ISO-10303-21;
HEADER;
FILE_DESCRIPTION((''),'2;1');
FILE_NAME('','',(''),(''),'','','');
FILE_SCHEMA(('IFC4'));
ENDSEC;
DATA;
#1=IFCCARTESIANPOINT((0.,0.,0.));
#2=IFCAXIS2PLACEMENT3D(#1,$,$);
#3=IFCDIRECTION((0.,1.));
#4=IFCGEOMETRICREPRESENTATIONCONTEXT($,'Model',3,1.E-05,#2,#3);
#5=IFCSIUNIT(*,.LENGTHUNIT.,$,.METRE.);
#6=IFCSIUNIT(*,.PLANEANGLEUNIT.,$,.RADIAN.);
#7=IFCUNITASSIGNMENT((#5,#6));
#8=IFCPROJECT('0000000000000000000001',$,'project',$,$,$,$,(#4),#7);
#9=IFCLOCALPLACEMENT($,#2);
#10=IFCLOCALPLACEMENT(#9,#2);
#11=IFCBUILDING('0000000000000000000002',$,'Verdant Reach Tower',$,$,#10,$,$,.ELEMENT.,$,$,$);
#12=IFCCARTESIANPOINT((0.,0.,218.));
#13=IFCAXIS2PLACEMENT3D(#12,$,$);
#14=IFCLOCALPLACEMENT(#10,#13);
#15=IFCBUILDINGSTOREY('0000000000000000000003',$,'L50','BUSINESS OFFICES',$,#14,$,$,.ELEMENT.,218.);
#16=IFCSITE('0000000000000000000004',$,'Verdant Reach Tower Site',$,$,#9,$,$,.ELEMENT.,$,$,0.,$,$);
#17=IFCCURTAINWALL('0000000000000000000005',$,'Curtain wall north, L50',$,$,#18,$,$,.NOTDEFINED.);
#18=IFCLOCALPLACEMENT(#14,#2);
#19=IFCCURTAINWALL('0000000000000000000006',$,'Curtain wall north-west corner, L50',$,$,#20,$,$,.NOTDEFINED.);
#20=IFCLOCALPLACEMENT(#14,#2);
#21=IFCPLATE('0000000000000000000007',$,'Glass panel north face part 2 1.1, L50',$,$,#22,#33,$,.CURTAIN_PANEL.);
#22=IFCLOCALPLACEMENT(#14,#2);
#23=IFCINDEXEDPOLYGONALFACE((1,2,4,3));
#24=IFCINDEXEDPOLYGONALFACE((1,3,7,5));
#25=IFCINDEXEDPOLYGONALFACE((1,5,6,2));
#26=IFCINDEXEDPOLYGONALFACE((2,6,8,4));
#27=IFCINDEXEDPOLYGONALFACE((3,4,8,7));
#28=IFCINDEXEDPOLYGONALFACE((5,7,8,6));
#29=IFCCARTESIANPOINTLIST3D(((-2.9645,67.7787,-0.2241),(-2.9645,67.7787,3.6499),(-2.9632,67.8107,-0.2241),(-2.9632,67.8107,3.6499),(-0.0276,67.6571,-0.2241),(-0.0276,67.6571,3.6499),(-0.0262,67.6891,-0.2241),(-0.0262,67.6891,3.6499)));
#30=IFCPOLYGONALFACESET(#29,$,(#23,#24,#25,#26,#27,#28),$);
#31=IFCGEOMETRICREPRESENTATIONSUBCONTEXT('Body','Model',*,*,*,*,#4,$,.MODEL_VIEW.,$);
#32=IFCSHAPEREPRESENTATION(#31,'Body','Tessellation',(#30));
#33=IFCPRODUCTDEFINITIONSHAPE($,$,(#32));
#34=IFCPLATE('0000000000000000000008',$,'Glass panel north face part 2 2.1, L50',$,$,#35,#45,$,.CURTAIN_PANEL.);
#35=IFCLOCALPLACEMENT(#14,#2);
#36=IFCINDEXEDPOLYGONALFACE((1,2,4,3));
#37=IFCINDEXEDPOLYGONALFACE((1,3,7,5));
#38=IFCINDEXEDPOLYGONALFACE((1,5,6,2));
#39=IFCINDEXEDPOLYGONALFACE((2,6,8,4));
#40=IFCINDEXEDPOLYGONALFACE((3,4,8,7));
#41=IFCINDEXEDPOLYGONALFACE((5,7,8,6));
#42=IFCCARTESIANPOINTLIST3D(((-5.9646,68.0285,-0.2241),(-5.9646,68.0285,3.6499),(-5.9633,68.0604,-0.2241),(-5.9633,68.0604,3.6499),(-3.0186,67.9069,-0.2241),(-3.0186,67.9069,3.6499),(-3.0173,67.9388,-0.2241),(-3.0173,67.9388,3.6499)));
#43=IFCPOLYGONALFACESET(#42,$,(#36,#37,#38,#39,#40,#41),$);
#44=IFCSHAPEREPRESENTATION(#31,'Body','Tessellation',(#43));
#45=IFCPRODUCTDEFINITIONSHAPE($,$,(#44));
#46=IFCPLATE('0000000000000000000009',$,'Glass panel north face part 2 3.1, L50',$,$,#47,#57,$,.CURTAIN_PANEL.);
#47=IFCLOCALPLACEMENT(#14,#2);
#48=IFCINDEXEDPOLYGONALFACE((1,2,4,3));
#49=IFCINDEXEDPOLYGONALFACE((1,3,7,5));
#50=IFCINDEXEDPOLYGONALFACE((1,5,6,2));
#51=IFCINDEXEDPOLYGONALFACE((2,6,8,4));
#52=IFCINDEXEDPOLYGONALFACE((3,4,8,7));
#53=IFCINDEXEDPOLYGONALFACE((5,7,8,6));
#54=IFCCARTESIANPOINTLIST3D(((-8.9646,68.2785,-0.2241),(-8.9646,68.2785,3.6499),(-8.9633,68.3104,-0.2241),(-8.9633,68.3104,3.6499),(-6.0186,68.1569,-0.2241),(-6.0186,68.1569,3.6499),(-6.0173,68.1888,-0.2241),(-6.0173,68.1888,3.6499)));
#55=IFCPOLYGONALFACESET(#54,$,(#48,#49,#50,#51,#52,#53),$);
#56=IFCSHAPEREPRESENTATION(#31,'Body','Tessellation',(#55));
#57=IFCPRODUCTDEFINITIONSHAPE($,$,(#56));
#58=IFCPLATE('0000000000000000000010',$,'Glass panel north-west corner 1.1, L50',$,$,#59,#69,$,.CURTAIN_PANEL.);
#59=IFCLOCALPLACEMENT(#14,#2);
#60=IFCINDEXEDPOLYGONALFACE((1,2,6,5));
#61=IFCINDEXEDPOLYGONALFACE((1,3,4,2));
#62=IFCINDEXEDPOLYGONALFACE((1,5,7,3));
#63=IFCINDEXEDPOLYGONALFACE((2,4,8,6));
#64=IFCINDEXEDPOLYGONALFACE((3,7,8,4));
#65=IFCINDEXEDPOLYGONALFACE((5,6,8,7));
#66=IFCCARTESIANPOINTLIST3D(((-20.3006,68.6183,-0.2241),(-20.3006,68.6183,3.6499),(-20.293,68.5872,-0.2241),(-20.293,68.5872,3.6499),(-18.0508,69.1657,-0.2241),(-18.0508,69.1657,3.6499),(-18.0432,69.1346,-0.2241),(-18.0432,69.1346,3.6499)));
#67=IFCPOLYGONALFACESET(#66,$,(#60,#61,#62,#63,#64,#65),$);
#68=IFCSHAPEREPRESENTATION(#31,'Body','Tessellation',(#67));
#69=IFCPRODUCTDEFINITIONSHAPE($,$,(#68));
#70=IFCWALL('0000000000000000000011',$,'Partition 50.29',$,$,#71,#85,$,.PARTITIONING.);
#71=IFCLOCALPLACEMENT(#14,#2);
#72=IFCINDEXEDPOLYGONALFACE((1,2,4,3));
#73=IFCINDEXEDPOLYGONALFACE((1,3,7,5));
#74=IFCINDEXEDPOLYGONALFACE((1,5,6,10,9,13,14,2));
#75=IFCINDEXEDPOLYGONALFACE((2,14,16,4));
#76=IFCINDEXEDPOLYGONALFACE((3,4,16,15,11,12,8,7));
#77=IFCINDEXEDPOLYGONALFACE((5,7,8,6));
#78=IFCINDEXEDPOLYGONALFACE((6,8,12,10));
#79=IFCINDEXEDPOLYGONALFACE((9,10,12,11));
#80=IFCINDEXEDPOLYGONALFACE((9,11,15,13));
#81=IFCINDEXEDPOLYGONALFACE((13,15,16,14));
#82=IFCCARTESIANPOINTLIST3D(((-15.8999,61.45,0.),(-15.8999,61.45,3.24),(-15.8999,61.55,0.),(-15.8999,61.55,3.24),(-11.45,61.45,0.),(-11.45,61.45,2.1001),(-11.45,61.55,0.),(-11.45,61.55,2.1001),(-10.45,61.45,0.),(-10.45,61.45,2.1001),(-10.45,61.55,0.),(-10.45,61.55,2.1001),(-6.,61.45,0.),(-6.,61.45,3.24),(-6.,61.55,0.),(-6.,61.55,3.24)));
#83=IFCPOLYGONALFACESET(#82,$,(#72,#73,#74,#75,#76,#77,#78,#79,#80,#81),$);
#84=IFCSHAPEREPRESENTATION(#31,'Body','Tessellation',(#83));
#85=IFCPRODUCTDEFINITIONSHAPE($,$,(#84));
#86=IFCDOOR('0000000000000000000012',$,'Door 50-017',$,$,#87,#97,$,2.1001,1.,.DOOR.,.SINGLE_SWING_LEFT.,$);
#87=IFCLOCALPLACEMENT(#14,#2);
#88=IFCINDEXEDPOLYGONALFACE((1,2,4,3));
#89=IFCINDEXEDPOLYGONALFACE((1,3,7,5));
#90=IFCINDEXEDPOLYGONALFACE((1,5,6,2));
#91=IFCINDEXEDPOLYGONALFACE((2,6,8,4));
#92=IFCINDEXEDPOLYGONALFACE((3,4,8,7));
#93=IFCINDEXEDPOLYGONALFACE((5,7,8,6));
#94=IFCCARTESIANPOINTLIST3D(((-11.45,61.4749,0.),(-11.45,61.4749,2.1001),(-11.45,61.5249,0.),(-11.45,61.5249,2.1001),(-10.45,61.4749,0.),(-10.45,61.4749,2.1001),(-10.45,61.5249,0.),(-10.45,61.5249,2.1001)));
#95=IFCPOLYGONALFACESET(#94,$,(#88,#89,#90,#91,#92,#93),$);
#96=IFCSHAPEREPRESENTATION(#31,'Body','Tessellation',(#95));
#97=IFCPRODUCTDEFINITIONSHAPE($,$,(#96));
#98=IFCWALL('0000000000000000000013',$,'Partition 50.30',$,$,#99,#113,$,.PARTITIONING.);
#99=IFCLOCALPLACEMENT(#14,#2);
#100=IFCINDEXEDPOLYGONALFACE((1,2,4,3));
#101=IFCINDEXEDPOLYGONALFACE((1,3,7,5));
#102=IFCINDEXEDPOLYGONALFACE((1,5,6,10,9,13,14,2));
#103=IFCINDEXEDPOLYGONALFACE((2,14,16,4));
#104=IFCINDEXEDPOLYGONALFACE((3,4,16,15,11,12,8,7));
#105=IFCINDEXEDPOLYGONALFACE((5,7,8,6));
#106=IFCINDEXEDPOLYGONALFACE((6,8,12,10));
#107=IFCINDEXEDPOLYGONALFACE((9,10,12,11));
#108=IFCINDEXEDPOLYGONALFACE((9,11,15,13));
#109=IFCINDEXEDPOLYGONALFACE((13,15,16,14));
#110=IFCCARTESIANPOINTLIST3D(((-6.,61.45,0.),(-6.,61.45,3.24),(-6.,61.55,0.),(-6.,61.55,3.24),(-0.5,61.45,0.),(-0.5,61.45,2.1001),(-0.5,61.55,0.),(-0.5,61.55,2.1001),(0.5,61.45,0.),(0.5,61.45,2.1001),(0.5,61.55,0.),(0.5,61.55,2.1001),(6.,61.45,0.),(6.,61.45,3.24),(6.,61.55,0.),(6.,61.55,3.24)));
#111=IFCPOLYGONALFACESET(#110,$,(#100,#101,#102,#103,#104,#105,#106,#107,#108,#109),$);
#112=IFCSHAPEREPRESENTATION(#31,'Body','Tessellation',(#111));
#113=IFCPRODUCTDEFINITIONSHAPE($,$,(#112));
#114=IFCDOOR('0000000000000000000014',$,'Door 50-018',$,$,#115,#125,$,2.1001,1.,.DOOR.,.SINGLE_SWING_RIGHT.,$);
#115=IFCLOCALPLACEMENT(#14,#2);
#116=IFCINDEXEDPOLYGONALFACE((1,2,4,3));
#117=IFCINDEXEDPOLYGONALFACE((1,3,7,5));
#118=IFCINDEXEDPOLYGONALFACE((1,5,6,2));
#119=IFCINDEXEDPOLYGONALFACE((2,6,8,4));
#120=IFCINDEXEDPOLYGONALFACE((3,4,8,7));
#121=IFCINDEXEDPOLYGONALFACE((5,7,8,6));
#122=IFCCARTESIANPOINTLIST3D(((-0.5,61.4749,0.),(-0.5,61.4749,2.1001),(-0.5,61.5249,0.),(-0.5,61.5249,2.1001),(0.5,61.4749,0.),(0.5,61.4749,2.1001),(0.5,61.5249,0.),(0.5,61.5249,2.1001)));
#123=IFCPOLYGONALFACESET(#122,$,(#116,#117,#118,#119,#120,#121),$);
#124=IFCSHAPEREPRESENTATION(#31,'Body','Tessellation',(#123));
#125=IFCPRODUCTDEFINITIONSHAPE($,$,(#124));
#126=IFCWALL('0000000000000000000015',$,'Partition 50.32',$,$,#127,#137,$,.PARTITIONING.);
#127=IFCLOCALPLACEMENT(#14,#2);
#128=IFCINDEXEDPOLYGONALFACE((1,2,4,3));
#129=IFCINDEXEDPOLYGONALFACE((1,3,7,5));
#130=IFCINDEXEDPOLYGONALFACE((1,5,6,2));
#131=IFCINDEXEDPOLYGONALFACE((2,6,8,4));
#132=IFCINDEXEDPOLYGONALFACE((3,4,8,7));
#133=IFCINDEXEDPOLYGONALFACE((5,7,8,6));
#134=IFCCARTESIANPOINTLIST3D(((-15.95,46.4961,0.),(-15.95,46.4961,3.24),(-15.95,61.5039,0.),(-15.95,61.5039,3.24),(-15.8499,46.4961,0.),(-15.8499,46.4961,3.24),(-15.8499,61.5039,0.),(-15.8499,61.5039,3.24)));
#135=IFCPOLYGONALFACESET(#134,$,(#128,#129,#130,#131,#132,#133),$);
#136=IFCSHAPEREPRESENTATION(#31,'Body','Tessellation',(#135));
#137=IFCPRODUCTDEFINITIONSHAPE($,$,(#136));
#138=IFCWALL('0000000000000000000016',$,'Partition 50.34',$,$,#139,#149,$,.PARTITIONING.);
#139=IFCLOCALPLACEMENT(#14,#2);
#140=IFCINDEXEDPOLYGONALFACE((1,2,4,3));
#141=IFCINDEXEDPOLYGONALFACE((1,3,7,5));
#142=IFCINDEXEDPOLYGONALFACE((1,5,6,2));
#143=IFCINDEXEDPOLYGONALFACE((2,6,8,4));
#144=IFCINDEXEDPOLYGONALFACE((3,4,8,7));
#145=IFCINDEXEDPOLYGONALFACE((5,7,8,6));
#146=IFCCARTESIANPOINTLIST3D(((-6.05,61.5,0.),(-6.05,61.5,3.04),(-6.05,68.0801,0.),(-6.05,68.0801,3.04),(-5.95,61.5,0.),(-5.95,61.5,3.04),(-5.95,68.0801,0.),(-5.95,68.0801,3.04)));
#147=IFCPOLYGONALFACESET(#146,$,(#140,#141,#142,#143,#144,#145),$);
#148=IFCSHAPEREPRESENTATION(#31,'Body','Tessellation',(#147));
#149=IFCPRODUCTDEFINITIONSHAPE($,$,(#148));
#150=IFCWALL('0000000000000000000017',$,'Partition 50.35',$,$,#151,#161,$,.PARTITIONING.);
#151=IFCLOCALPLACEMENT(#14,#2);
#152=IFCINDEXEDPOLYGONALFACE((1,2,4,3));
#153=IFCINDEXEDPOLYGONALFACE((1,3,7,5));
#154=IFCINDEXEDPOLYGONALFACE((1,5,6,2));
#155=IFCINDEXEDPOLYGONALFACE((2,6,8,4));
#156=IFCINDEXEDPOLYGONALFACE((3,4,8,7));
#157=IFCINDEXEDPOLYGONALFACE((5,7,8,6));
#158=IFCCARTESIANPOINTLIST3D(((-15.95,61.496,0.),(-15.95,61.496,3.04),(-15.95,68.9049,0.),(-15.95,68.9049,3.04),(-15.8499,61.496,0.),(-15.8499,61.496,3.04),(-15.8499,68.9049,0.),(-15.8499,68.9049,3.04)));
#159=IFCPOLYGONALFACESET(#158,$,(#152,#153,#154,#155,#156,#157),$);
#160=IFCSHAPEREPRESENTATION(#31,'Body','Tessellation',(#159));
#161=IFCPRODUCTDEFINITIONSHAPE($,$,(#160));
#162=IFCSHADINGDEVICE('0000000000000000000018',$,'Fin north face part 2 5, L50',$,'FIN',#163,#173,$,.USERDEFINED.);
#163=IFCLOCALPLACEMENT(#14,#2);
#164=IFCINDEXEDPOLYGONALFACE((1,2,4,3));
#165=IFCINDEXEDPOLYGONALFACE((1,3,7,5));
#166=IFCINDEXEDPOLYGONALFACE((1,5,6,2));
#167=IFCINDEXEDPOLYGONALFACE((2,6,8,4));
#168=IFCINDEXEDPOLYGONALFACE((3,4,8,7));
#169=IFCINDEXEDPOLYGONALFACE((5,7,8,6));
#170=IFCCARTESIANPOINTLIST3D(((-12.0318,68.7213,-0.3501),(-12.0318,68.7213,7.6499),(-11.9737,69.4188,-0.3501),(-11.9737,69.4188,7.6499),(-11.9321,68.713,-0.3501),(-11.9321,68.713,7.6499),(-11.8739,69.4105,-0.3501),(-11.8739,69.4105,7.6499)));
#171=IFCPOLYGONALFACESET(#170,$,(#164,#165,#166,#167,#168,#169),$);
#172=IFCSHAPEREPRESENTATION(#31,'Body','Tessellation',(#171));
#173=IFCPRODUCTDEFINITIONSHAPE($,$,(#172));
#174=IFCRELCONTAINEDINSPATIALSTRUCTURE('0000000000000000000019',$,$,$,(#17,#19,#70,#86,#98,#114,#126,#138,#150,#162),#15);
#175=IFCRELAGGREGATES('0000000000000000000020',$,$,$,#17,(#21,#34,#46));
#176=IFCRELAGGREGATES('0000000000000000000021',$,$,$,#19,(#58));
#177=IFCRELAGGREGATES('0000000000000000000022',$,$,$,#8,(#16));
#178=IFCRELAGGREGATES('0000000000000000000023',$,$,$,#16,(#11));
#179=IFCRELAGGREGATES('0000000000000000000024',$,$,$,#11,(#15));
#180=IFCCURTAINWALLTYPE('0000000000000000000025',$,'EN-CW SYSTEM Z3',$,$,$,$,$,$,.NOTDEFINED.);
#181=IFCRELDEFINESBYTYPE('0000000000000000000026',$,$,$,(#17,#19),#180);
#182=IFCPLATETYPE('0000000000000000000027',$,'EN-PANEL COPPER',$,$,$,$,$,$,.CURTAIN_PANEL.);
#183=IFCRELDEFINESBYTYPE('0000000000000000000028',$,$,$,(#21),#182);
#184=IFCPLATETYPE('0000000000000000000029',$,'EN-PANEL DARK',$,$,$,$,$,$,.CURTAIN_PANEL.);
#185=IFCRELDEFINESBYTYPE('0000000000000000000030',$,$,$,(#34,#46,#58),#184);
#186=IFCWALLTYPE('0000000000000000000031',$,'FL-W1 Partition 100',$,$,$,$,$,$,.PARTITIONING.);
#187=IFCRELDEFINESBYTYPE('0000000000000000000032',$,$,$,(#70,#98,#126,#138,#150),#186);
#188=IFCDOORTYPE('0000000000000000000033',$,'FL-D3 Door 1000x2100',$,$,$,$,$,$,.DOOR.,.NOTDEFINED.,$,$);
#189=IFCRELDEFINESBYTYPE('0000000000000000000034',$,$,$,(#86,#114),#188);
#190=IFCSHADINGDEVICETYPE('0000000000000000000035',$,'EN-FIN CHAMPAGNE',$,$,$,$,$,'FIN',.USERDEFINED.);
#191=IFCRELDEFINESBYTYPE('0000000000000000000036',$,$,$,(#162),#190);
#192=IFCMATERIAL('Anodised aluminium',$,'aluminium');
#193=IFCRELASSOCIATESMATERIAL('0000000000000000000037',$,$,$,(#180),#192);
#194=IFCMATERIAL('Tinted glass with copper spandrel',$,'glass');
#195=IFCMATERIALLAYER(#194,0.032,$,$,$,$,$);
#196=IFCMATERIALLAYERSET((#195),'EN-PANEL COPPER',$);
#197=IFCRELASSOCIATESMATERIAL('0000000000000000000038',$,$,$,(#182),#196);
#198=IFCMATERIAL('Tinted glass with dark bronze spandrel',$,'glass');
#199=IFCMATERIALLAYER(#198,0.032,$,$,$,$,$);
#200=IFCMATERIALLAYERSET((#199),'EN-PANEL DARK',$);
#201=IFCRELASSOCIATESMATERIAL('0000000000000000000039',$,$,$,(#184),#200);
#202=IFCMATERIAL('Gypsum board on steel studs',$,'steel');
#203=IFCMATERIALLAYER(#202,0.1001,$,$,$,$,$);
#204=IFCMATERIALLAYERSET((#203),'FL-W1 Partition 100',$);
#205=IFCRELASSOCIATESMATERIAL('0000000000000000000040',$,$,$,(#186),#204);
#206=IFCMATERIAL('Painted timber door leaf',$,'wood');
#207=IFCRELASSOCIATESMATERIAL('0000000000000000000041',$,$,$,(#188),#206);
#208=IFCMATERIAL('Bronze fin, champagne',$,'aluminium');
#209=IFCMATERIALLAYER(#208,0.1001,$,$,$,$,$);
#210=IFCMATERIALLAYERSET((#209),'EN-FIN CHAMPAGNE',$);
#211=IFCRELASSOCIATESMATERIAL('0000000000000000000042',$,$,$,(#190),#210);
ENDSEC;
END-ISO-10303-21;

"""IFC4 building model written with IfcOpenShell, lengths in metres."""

from ifc_helpers import new_model, si_unit, direction, frame, frame_2d, origin, origin_2d, place, context, subcontext, project, spatial, rectangle, extrude, material, layer, layer_set, type_object, element, fill, aggregate, save


model = new_model("IFC4")

# Units and contexts
model_context = context("Model", 3, precision=1e-05, world=origin(), true_north=direction((0.0, 1.0)))
body_context = subcontext(model_context, "Body", "Model", "MODEL_VIEW")
ifc_project = project(units=[si_unit("LENGTHUNIT", "METRE"), si_unit("PLANEANGLEUNIT", "RADIAN")], contexts=[model_context])

# Site, building, storey
site_placement = place(None, origin())
site = spatial("IfcSite", under=ifc_project, at=site_placement, Name="Verdant Reach Tower Site", CompositionType="ELEMENT", RefElevation=0.0)
building_placement = place(site_placement, origin())
building = spatial("IfcBuilding", under=site, at=building_placement, Name="Verdant Reach Tower", CompositionType="ELEMENT")
storey_placement = place(building_placement, frame((0.0, 0.0, 218.0)))
storey = spatial("IfcBuildingStorey", under=building, at=storey_placement, Name="L50", Description="BUSINESS OFFICES", CompositionType="ELEMENT", Elevation=218.0)

# Curtain wall
ifc_material_1 = material(Name="Anodised aluminium", Category="aluminium")
curtain_wall_type = type_object("IfcCurtainWallType", Name="EN-CW SYSTEM Z3", PredefinedType="NOTDEFINED", material=ifc_material_1)
curtain_wall_1_placement = place(storey_placement, origin())
curtain_wall_1 = element("IfcCurtainWall", 1, at=curtain_wall_1_placement, inside=storey, type_object=curtain_wall_type, Name="Curtain wall north, L50", PredefinedType="NOTDEFINED")

# Curtain wall
curtain_wall_2_placement = place(storey_placement, origin())
curtain_wall_2 = element("IfcCurtainWall", 2, at=curtain_wall_2_placement, inside=storey, type_object=curtain_wall_type, Name="Curtain wall north-west corner, L50", PredefinedType="NOTDEFINED")

# Plates
ifc_material_2 = material(Name="Tinted glass with copper spandrel", Category="glass")
ifc_layer_1 = layer(ifc_material_2, 0.032)
ifc_layer_set_1 = layer_set([ifc_layer_1], Name="EN-PANEL COPPER")
plate_type_1 = type_object("IfcPlateType", Name="EN-PANEL COPPER", PredefinedType="CURTAIN_PANEL", material=ifc_layer_set_1)
plate_1_placement = place(storey_placement, frame((-1.4954, 67.7339, -0.2241), z_axis=(0.0, 0.0, 1.0), x_axis=(-0.999144, 0.041367, 0.0)))
plate_1 = element("IfcPlate", 3, at=plate_1_placement, type_object=plate_type_1, Name="Glass panel north face part 2 1.1, L50", PredefinedType="CURTAIN_PANEL", context=body_context, shape_type="SweptSolid", body=[
    extrude(rectangle(XDim=2.9395, YDim=0.032, at=origin_2d()), origin(), (0.0, 0.0, 1.0), 3.874),
])
ifc_material_3 = material(Name="Tinted glass with dark bronze spandrel", Category="glass")
ifc_layer_2 = layer(ifc_material_3, 0.032)
ifc_layer_set_2 = layer_set([ifc_layer_2], Name="EN-PANEL DARK")
plate_type_2 = type_object("IfcPlateType", Name="EN-PANEL DARK", PredefinedType="CURTAIN_PANEL", material=ifc_layer_set_2)
plate_2_placement = place(storey_placement, frame((-4.491, 67.9836, -0.2241), z_axis=(0.0, 0.0, 1.0), x_axis=(-0.999149, 0.041242, 0.0)))
plate_2 = element("IfcPlate", 4, at=plate_2_placement, type_object=plate_type_2, Name="Glass panel north face part 2 2.1, L50", PredefinedType="CURTAIN_PANEL", context=body_context, shape_type="SweptSolid", body=[
    extrude(rectangle(XDim=2.9485, YDim=0.032, at=origin_2d()), origin(), (0.0, 0.0, 1.0), 3.874),
])
plate_3_placement = place(storey_placement, frame((-7.491, 68.2336, -0.2241), z_axis=(0.0, 0.0, 1.0), x_axis=(-0.999149, 0.041242, 0.0)))
plate_3 = element("IfcPlate", 5, at=plate_3_placement, type_object=plate_type_2, Name="Glass panel north face part 2 3.1, L50", PredefinedType="CURTAIN_PANEL", context=body_context, shape_type="SweptSolid", body=[
    extrude(rectangle(XDim=2.9485, YDim=0.032, at=origin_2d()), origin(), (0.0, 0.0, 1.0), 3.874),
])
aggregate(curtain_wall_1, [plate_1, plate_2, plate_3])
plate_4_placement = place(storey_placement, frame((-19.1719, 68.8765, -0.2241), z_axis=(0.0, 0.0, 1.0), x_axis=(-0.971655, -0.236403, 0.0)))
plate_4 = element("IfcPlate", 6, at=plate_4_placement, type_object=plate_type_2, Name="Glass panel north-west corner 1.1, L50", PredefinedType="CURTAIN_PANEL", context=body_context, shape_type="SweptSolid", body=[
    extrude(rectangle(XDim=2.3154, YDim=0.032, at=origin_2d()), origin(), (0.0, 0.0, 1.0), 3.874),
])
aggregate(curtain_wall_2, [plate_4])

# Walls, openings, doors
ifc_material_4 = material(Name="Gypsum board on steel studs", Category="steel")
ifc_layer_3 = layer(ifc_material_4, 0.1001)
ifc_layer_set_3 = layer_set([ifc_layer_3], Name="FL-W1 Partition 100")
wall_type = type_object("IfcWallType", Name="FL-W1 Partition 100", PredefinedType="PARTITIONING", material=ifc_layer_set_3)
wall_1_placement = place(storey_placement, frame((-15.8999, 61.5, 0.0), z_axis=(0.0, 0.0, 1.0), x_axis=(1.0, 0.0, 0.0)))
wall_1 = element("IfcWall", 7, at=wall_1_placement, inside=storey, type_object=wall_type, Name="Partition 50.29", PredefinedType="PARTITIONING", context=body_context, shape_type="SweptSolid", body=[
    extrude(rectangle(XDim=9.8999, YDim=0.1001, at=frame_2d((4.95, 0.0))), origin(), (0.0, 0.0, 1.0), 3.24),
])
opening_1_placement = place(wall_1_placement, frame((4.45, 0.0, 0.0)))
opening_1 = element("IfcOpeningElement", 8, at=opening_1_placement, cuts=wall_1, PredefinedType="OPENING", context=body_context, shape_type="SweptSolid", body=[
    extrude(rectangle(XDim=1.0, YDim=2.1001, at=frame_2d((0.5, 1.05))), frame((0.0, 0.0601, 0.0), z_axis=(0.0, -1.0, 0.0), x_axis=(1.0, 0.0, 0.0)), (0.0, 0.0, 1.0), 0.1201),
])
ifc_material_5 = material(Name="Painted timber door leaf", Category="wood")
door_type = type_object("IfcDoorType", Name="FL-D3 Door 1000x2100", OperationType="NOTDEFINED", PredefinedType="DOOR", material=ifc_material_5)
door_1_placement = place(opening_1_placement, origin())
door_1 = element("IfcDoor", 9, at=door_1_placement, inside=storey, type_object=door_type, Name="Door 50-017", OperationType="SINGLE_SWING_LEFT", OverallHeight=2.1001, OverallWidth=1.0, PredefinedType="DOOR", context=body_context, shape_type="SweptSolid", body=[
    extrude(rectangle(XDim=1.0, YDim=2.1001, at=frame_2d((0.5, 1.05))), frame((0.0, 0.0249, 0.0), z_axis=(0.0, -1.0, 0.0), x_axis=(1.0, 0.0, 0.0)), (0.0, 0.0, 1.0), 0.05),
])
fill(opening_1, door_1)
wall_2_placement = place(storey_placement, frame((-6.0, 61.5, 0.0), z_axis=(0.0, 0.0, 1.0), x_axis=(1.0, 0.0, 0.0)))
wall_2 = element("IfcWall", 10, at=wall_2_placement, inside=storey, type_object=wall_type, Name="Partition 50.30", PredefinedType="PARTITIONING", context=body_context, shape_type="SweptSolid", body=[
    extrude(rectangle(XDim=12.0, YDim=0.1001, at=frame_2d((6.0, 0.0))), origin(), (0.0, 0.0, 1.0), 3.24),
])
opening_2_placement = place(wall_2_placement, frame((5.5, 0.0, 0.0)))
opening_2 = element("IfcOpeningElement", 11, at=opening_2_placement, cuts=wall_2, PredefinedType="OPENING", context=body_context, shape_type="SweptSolid", body=[
    extrude(rectangle(XDim=1.0, YDim=2.1001, at=frame_2d((0.5, 1.05))), frame((0.0, 0.0601, 0.0), z_axis=(0.0, -1.0, 0.0), x_axis=(1.0, 0.0, 0.0)), (0.0, 0.0, 1.0), 0.1201),
])
door_2_placement = place(opening_2_placement, origin())
door_2 = element("IfcDoor", 12, at=door_2_placement, inside=storey, type_object=door_type, Name="Door 50-018", OperationType="SINGLE_SWING_RIGHT", OverallHeight=2.1001, OverallWidth=1.0, PredefinedType="DOOR", context=body_context, shape_type="SweptSolid", body=[
    extrude(rectangle(XDim=1.0, YDim=2.1001, at=frame_2d((0.5, 1.05))), frame((0.0, 0.0249, 0.0), z_axis=(0.0, -1.0, 0.0), x_axis=(1.0, 0.0, 0.0)), (0.0, 0.0, 1.0), 0.05),
])
fill(opening_2, door_2)

# Walls
wall_3_placement = place(storey_placement, frame((-15.8999, 61.5039, 0.0), z_axis=(0.0, 0.0, 1.0), x_axis=(0.0, -1.0, 0.0)))
element("IfcWall", 13, at=wall_3_placement, inside=storey, type_object=wall_type, Name="Partition 50.32", PredefinedType="PARTITIONING", context=body_context, shape_type="SweptSolid", body=[
    extrude(rectangle(XDim=15.0078, YDim=0.1001, at=frame_2d((7.5039, 0.0))), origin(), (0.0, 0.0, 1.0), 3.24),
])
wall_4_placement = place(storey_placement, frame((-6.0, 61.5, 0.0), z_axis=(0.0, 0.0, 1.0), x_axis=(0.0, 1.0, 0.0)))
element("IfcWall", 14, at=wall_4_placement, inside=storey, type_object=wall_type, Name="Partition 50.34", PredefinedType="PARTITIONING", context=body_context, shape_type="SweptSolid", body=[
    extrude(rectangle(XDim=6.5801, YDim=0.1001, at=frame_2d((3.29, 0.0))), origin(), (0.0, 0.0, 1.0), 3.04),
])
wall_5_placement = place(storey_placement, frame((-15.8999, 68.905, 0.0), z_axis=(0.0, 0.0, 1.0), x_axis=(0.0, -1.0, 0.0)))
element("IfcWall", 15, at=wall_5_placement, inside=storey, type_object=wall_type, Name="Partition 50.35", PredefinedType="PARTITIONING", context=body_context, shape_type="SweptSolid", body=[
    extrude(rectangle(XDim=7.4089, YDim=0.1001, at=frame_2d((3.7046, 0.0))), origin(), (0.0, 0.0, 1.0), 3.04),
])

# Shading device
ifc_material_6 = material(Name="Bronze fin, champagne", Category="aluminium")
ifc_layer_4 = layer(ifc_material_6, 0.1001)
ifc_layer_set_4 = layer_set([ifc_layer_4], Name="EN-FIN CHAMPAGNE")
shading_device_type_1 = type_object("IfcShadingDeviceType", Name="EN-FIN CHAMPAGNE", ElementType="FIN", PredefinedType="USERDEFINED", material=ifc_layer_set_4)
shading_device_placement = place(storey_placement, frame((-11.9529, 69.0659, -0.3501), z_axis=(0.0, 0.0, 1.0), x_axis=(-0.996546, 0.083045, 0.0)))
element("IfcShadingDevice", 16, at=shading_device_placement, inside=storey, type_object=shading_device_type_1, Name="Fin north face part 2 5, L50", ObjectType="FIN", PredefinedType="USERDEFINED", context=body_context, shape_type="SweptSolid", body=[
    extrude(rectangle(XDim=0.1001, YDim=0.7, at=origin_2d()), origin(), (0.0, 0.0, 1.0), 8.0),
])

save(model, "model.ifc")
